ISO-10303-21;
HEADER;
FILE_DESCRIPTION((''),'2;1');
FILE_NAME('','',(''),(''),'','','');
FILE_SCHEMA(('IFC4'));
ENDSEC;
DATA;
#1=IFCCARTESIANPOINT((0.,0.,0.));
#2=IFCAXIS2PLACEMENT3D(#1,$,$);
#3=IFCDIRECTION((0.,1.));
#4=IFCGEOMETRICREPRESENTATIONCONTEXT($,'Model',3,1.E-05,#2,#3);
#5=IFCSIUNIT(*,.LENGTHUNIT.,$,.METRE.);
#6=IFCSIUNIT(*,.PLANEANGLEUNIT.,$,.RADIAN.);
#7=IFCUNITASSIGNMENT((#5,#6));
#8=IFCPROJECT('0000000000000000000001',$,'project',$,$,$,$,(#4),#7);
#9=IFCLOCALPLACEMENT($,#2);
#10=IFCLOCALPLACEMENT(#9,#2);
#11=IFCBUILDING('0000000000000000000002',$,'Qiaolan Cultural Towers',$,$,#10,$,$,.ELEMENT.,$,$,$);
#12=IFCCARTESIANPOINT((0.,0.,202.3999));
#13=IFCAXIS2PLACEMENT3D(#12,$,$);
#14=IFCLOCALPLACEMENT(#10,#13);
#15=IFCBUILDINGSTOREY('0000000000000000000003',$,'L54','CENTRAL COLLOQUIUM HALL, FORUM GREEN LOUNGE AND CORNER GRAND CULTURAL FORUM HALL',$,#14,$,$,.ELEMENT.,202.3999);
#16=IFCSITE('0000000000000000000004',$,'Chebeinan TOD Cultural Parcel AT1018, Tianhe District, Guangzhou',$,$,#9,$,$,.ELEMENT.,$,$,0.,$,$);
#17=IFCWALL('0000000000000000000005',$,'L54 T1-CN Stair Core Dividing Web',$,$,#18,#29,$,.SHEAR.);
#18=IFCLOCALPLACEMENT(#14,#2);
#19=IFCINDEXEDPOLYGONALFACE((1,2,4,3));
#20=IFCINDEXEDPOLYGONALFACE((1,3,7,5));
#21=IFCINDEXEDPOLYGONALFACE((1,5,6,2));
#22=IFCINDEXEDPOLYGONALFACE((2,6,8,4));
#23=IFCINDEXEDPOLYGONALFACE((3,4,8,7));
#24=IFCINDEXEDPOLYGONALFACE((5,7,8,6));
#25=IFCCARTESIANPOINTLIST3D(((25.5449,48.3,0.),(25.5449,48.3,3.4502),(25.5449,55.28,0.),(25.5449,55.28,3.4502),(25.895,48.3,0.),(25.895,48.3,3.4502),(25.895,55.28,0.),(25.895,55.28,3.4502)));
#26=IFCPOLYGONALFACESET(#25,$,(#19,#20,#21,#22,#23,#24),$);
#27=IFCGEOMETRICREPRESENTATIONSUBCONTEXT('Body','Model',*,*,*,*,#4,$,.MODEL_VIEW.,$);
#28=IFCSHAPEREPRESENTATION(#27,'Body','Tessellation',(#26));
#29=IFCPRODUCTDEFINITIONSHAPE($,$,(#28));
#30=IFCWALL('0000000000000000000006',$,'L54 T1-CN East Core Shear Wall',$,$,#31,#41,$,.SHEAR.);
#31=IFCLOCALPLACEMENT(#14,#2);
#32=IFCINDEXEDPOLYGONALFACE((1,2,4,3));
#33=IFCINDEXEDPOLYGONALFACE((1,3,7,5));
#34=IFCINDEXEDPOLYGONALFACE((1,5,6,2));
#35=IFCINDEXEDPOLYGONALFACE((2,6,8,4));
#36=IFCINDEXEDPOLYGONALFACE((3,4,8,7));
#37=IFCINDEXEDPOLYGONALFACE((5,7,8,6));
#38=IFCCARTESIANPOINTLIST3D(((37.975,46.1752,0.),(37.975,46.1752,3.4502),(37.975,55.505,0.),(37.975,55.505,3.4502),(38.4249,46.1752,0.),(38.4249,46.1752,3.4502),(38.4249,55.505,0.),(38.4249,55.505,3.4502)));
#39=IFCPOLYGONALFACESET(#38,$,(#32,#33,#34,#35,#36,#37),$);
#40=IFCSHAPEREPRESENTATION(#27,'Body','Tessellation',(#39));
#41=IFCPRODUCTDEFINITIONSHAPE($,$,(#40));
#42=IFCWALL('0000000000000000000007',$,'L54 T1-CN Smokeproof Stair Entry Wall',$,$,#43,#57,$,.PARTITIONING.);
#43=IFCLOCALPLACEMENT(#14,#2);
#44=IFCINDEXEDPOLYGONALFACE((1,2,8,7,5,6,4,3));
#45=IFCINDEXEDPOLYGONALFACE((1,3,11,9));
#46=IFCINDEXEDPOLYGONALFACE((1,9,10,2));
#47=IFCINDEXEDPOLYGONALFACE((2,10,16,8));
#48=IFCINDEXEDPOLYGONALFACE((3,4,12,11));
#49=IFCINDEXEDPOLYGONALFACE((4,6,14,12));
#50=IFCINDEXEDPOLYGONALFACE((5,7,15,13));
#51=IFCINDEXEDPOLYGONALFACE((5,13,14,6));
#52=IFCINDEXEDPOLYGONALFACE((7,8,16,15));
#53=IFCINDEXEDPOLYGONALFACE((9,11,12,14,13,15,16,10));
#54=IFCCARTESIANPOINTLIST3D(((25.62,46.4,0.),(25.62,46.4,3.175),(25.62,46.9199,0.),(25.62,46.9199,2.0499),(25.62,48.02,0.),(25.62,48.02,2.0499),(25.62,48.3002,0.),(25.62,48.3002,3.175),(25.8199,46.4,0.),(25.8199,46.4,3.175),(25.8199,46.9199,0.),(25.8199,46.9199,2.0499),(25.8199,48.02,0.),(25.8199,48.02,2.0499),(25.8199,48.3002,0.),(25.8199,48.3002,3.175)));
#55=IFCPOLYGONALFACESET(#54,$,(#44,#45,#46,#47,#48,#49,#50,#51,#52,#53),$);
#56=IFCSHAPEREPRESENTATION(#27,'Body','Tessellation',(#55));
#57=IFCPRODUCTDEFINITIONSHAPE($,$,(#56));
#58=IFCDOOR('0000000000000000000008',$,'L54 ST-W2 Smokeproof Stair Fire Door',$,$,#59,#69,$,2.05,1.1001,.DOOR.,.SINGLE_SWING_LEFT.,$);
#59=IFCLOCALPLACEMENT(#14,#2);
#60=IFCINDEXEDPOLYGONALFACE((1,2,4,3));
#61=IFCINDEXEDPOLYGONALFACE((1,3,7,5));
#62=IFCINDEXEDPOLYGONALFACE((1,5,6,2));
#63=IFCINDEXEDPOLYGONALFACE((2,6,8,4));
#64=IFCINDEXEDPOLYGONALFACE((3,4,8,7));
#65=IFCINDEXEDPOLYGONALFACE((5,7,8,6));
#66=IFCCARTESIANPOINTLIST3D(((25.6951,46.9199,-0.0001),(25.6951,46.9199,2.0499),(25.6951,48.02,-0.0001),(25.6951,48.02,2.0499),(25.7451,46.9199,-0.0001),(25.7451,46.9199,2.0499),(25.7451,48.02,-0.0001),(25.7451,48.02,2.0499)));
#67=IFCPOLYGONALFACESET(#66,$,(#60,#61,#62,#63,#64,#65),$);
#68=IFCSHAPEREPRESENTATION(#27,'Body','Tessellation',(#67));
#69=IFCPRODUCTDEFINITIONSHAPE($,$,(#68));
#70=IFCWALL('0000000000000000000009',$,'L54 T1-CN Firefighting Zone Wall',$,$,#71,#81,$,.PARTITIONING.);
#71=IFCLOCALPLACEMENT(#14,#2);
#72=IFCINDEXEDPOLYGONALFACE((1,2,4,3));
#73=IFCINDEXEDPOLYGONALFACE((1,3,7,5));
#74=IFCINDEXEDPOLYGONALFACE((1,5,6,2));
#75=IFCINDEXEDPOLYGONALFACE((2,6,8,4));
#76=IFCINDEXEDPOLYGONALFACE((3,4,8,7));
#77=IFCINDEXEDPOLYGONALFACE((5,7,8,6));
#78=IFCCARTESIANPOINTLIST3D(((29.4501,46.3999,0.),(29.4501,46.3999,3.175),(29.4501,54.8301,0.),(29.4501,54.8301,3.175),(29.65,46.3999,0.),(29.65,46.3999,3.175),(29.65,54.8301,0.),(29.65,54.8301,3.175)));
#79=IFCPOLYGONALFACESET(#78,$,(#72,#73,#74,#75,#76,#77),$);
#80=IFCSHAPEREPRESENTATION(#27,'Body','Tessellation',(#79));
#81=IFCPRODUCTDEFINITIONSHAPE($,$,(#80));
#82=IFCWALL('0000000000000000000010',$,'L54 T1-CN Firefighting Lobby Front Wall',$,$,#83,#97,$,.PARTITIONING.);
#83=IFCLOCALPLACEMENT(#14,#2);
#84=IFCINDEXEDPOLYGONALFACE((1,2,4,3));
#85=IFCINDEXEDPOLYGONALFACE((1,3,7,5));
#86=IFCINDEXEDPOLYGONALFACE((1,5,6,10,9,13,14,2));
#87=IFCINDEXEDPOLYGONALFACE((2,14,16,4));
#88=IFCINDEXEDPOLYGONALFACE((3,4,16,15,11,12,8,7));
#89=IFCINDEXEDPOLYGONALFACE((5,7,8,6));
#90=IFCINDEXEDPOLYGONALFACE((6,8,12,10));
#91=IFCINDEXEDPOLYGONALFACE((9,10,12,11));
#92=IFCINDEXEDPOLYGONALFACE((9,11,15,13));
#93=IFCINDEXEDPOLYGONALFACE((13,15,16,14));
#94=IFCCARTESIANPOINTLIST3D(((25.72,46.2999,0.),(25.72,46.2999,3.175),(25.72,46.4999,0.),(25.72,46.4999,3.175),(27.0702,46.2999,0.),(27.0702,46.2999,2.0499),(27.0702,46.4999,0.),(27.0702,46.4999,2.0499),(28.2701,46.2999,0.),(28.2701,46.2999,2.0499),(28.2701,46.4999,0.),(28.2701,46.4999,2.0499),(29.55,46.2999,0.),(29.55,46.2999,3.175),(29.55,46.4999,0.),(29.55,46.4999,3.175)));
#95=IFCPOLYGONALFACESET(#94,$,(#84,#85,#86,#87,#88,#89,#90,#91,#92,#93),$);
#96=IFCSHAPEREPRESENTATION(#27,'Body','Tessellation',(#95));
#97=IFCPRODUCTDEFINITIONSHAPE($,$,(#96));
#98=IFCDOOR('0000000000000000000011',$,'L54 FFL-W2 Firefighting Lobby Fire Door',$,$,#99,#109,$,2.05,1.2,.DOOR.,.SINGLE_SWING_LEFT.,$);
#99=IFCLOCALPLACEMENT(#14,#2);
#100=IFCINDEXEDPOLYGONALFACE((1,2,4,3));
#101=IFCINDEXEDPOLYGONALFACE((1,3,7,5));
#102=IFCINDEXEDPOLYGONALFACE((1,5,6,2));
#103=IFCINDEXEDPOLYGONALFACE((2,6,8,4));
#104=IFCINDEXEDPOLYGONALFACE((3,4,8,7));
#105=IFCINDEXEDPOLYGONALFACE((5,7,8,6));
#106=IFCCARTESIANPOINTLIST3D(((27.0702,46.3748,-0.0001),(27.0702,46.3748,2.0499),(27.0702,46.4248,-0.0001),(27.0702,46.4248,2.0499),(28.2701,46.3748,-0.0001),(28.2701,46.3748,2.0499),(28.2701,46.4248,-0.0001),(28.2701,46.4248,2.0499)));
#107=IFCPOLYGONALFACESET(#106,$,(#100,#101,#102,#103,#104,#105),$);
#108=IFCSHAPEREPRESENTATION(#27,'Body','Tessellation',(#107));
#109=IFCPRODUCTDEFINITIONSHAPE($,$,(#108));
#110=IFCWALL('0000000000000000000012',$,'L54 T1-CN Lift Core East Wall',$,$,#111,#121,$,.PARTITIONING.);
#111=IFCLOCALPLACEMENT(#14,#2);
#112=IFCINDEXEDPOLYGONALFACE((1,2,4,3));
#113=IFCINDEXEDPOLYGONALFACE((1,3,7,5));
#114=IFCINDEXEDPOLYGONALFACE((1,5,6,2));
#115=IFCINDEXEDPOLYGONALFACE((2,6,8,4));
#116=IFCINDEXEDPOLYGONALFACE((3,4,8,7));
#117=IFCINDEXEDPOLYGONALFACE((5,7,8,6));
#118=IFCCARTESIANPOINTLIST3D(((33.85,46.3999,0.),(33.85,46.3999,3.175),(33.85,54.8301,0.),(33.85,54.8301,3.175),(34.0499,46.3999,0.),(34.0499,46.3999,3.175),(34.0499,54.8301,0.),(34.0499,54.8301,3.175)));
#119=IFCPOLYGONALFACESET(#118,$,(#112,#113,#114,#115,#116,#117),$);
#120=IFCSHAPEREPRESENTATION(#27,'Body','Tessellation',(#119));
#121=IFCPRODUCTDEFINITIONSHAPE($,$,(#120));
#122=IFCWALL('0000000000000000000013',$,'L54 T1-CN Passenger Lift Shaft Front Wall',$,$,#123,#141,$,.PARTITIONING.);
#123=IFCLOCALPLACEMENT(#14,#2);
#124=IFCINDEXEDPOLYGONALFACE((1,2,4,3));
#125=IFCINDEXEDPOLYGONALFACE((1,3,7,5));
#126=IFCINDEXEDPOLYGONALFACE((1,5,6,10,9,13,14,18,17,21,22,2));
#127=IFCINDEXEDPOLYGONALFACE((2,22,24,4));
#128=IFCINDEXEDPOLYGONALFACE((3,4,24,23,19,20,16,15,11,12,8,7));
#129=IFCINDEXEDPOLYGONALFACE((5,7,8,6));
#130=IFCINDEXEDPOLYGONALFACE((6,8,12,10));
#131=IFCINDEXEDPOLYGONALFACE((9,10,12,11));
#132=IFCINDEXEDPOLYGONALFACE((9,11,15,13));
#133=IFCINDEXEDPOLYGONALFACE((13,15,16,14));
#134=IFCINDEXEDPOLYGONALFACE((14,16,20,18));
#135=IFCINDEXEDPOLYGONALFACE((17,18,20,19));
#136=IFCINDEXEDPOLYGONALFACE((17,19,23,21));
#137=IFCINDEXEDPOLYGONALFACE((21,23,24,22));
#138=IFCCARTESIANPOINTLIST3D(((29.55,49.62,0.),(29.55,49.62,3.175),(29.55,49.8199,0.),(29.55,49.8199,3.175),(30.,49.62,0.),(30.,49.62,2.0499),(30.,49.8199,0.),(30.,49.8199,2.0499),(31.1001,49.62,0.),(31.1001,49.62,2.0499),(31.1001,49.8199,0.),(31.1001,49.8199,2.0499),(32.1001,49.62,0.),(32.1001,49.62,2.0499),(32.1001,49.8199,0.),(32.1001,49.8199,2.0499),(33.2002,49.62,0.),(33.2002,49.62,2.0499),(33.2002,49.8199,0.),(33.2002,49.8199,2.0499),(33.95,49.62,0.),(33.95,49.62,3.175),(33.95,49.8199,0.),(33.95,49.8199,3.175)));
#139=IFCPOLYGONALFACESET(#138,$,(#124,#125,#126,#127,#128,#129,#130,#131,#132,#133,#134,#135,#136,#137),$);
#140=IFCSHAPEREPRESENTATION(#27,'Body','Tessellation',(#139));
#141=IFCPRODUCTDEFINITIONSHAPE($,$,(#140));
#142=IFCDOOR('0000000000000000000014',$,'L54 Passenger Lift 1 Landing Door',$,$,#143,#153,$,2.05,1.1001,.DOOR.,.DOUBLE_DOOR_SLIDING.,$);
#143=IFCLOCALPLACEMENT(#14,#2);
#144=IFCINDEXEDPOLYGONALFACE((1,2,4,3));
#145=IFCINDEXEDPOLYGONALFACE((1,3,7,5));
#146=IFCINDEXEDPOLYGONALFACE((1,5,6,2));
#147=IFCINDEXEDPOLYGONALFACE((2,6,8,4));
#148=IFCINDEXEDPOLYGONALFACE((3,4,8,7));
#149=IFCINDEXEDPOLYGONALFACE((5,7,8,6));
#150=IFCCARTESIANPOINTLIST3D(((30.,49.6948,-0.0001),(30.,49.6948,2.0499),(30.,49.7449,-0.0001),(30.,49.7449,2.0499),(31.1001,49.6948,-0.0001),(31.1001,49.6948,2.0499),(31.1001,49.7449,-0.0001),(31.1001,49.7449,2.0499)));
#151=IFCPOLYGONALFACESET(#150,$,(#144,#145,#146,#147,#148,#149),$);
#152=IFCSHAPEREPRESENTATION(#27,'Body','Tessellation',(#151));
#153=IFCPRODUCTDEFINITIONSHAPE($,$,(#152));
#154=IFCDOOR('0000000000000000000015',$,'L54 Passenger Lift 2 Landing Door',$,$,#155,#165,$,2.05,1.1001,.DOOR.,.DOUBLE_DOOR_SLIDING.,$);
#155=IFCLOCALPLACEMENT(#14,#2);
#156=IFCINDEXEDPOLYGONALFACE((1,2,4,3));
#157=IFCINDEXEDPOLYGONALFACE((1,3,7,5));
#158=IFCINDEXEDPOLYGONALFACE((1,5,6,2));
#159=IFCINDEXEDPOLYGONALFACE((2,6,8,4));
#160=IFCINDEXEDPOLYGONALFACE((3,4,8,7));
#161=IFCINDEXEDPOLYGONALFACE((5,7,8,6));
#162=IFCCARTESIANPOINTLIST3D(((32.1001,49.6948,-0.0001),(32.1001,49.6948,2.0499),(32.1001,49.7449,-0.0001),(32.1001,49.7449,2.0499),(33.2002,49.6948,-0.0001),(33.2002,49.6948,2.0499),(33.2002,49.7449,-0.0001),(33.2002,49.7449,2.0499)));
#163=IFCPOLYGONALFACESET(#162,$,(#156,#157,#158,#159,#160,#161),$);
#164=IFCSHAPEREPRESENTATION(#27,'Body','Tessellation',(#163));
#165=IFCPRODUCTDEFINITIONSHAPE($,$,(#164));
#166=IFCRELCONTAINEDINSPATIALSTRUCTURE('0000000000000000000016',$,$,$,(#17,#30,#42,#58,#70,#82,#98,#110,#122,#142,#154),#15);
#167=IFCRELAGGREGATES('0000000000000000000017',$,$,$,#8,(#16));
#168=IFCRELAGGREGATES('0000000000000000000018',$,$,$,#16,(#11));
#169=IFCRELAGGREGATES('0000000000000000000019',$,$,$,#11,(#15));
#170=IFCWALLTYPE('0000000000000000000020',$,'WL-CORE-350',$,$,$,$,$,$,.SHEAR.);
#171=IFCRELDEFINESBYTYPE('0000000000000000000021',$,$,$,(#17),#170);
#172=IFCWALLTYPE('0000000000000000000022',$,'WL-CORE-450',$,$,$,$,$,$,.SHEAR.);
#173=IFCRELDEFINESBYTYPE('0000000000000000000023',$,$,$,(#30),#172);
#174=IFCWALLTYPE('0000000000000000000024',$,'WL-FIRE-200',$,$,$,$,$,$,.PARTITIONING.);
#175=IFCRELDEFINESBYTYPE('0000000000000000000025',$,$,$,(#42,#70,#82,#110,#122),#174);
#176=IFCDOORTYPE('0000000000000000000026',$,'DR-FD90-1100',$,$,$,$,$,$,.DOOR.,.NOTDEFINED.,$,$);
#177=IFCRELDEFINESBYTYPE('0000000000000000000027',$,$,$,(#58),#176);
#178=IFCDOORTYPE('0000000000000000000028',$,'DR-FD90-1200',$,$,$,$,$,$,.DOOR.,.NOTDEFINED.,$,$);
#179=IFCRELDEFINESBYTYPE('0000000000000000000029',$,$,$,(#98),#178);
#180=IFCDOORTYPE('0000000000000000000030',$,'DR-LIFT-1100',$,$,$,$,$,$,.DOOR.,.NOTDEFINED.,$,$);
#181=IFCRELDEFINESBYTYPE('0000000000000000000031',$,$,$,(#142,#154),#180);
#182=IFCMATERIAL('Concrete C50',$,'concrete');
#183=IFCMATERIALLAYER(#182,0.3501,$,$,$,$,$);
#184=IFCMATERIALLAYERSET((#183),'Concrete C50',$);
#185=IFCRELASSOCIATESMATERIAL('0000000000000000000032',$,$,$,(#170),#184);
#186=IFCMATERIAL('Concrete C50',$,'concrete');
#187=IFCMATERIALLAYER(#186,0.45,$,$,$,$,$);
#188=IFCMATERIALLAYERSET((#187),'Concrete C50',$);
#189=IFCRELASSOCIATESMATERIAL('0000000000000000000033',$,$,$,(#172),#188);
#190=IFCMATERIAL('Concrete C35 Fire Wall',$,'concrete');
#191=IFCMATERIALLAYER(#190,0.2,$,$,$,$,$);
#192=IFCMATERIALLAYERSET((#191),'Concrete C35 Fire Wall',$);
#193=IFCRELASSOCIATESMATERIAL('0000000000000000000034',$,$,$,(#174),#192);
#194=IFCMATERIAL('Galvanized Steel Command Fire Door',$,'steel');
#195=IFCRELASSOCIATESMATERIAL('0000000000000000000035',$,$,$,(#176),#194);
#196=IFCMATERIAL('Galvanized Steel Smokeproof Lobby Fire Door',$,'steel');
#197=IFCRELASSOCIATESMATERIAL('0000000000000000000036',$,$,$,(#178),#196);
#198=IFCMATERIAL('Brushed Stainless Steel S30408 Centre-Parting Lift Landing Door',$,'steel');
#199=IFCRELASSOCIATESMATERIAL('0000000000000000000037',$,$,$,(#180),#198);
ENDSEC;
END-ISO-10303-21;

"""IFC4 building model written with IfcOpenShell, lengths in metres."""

from ifc_helpers import new_model, si_unit, direction, frame, frame_2d, origin, place, context, subcontext, project, spatial, rectangle, extrude, material, layer, layer_set, type_object, element, fill, save


model = new_model("IFC4")

# Units and contexts
model_context = context("Model", 3, precision=1e-05, world=origin(), true_north=direction((0.0, 1.0)))
body_context = subcontext(model_context, "Body", "Model", "MODEL_VIEW")
ifc_project = project(units=[si_unit("LENGTHUNIT", "METRE"), si_unit("PLANEANGLEUNIT", "RADIAN")], contexts=[model_context])

# Site, building, storey
site_placement = place(None, origin())
site = spatial("IfcSite", under=ifc_project, at=site_placement, Name="Chebeinan TOD Cultural Parcel AT1018, Tianhe District, Guangzhou", CompositionType="ELEMENT", RefElevation=0.0)
building_placement = place(site_placement, origin())
building = spatial("IfcBuilding", under=site, at=building_placement, Name="Qiaolan Cultural Towers", CompositionType="ELEMENT")
storey_placement = place(building_placement, frame((0.0, 0.0, 202.3999)))
storey = spatial("IfcBuildingStorey", under=building, at=storey_placement, Name="L54", Description="CENTRAL COLLOQUIUM HALL, FORUM GREEN LOUNGE AND CORNER GRAND CULTURAL FORUM HALL", CompositionType="ELEMENT", Elevation=202.3999)

# Walls
ifc_material_1 = material(Name="Concrete C50", Category="concrete")
ifc_layer_1 = layer(ifc_material_1, 0.3501)
ifc_layer_set_1 = layer_set([ifc_layer_1], Name="Concrete C50")
wall_type_1 = type_object("IfcWallType", Name="WL-CORE-350", PredefinedType="SHEAR", material=ifc_layer_set_1)
wall_1_placement = place(storey_placement, frame((25.72, 48.3, 0.0), z_axis=(0.0, 0.0, 1.0), x_axis=(0.0, 1.0, 0.0)))
element("IfcWall", 1, at=wall_1_placement, inside=storey, type_object=wall_type_1, Name="L54 T1-CN Stair Core Dividing Web", PredefinedType="SHEAR", context=body_context, shape_type="SweptSolid", body=[
    extrude(rectangle(XDim=6.98, YDim=0.3501, at=frame_2d((3.49, 0.0))), origin(), (0.0, 0.0, 1.0), 3.4502),
])
ifc_material_2 = material(Name="Concrete C50", Category="concrete")
ifc_layer_2 = layer(ifc_material_2, 0.45)
ifc_layer_set_2 = layer_set([ifc_layer_2], Name="Concrete C50")
wall_type_2 = type_object("IfcWallType", Name="WL-CORE-450", PredefinedType="SHEAR", material=ifc_layer_set_2)
wall_2_placement = place(storey_placement, frame((38.2, 46.175, 0.0), z_axis=(0.0, 0.0, 1.0), x_axis=(0.0, 1.0, 0.0)))
element("IfcWall", 2, at=wall_2_placement, inside=storey, type_object=wall_type_2, Name="L54 T1-CN East Core Shear Wall", PredefinedType="SHEAR", context=body_context, shape_type="SweptSolid", body=[
    extrude(rectangle(XDim=9.3298, YDim=0.45, at=frame_2d((4.665, 0.0))), origin(), (0.0, 0.0, 1.0), 3.4502),
])

# Wall, opening, door
ifc_material_3 = material(Name="Concrete C35 Fire Wall", Category="concrete")
ifc_layer_3 = layer(ifc_material_3, 0.2)
ifc_layer_set_3 = layer_set([ifc_layer_3], Name="Concrete C35 Fire Wall")
wall_type_3 = type_object("IfcWallType", Name="WL-FIRE-200", PredefinedType="PARTITIONING", material=ifc_layer_set_3)
wall_3_placement = place(storey_placement, frame((25.72, 46.3999, 0.0), z_axis=(0.0, 0.0, 1.0), x_axis=(0.0, 1.0, 0.0)))
wall_3 = element("IfcWall", 3, at=wall_3_placement, inside=storey, type_object=wall_type_3, Name="L54 T1-CN Smokeproof Stair Entry Wall", PredefinedType="PARTITIONING", context=body_context, shape_type="SweptSolid", body=[
    extrude(rectangle(XDim=1.9001, YDim=0.2, at=frame_2d((0.9502, 0.0))), origin(), (0.0, 0.0, 1.0), 3.175),
])
opening_1_placement = place(wall_3_placement, frame((0.52, 0.0, 0.0)))
opening_1 = element("IfcOpeningElement", 4, at=opening_1_placement, cuts=wall_3, PredefinedType="OPENING", context=body_context, shape_type="SweptSolid", body=[
    extrude(rectangle(XDim=1.1001, YDim=2.05, at=frame_2d((0.55, 1.0249))), frame((0.0, 0.1099, 0.0), z_axis=(0.0, -1.0, 0.0), x_axis=(1.0, 0.0, 0.0)), (0.0, 0.0, 1.0), 0.22),
])
ifc_material_4 = material(Name="Galvanized Steel Command Fire Door", Category="steel")
door_type_1 = type_object("IfcDoorType", Name="DR-FD90-1100", OperationType="NOTDEFINED", PredefinedType="DOOR", material=ifc_material_4)
door_1_placement = place(opening_1_placement, origin())
door_1 = element("IfcDoor", 5, at=door_1_placement, inside=storey, type_object=door_type_1, Name="L54 ST-W2 Smokeproof Stair Fire Door", OperationType="SINGLE_SWING_LEFT", OverallHeight=2.05, OverallWidth=1.1001, PredefinedType="DOOR", context=body_context, shape_type="SweptSolid", body=[
    extrude(rectangle(XDim=1.1001, YDim=2.05, at=frame_2d((0.55, 1.0249))), frame((0.0, 0.0249, 0.0), z_axis=(0.0, -1.0, 0.0), x_axis=(1.0, 0.0, 0.0)), (0.0, 0.0, 1.0), 0.05),
])
fill(opening_1, door_1)

# Wall
wall_4_placement = place(storey_placement, frame((29.55, 46.3999, 0.0), z_axis=(0.0, 0.0, 1.0), x_axis=(0.0, 1.0, 0.0)))
element("IfcWall", 6, at=wall_4_placement, inside=storey, type_object=wall_type_3, Name="L54 T1-CN Firefighting Zone Wall", PredefinedType="PARTITIONING", context=body_context, shape_type="SweptSolid", body=[
    extrude(rectangle(XDim=8.4302, YDim=0.2, at=frame_2d((4.2151, 0.0))), origin(), (0.0, 0.0, 1.0), 3.175),
])

# Wall, opening, door
wall_5_placement = place(storey_placement, frame((25.72, 46.3999, 0.0), z_axis=(0.0, 0.0, 1.0), x_axis=(1.0, 0.0, 0.0)))
wall_5 = element("IfcWall", 7, at=wall_5_placement, inside=storey, type_object=wall_type_3, Name="L54 T1-CN Firefighting Lobby Front Wall", PredefinedType="PARTITIONING", context=body_context, shape_type="SweptSolid", body=[
    extrude(rectangle(XDim=3.8301, YDim=0.2, at=frame_2d((1.915, 0.0))), origin(), (0.0, 0.0, 1.0), 3.175),
])
opening_2_placement = place(wall_5_placement, frame((1.3501, 0.0, 0.0)))
opening_2 = element("IfcOpeningElement", 8, at=opening_2_placement, cuts=wall_5, PredefinedType="OPENING", context=body_context, shape_type="SweptSolid", body=[
    extrude(rectangle(XDim=1.2, YDim=2.05, at=frame_2d((0.6001, 1.0249))), frame((0.0, 0.1099, 0.0), z_axis=(0.0, -1.0, 0.0), x_axis=(1.0, 0.0, 0.0)), (0.0, 0.0, 1.0), 0.22),
])
ifc_material_5 = material(Name="Galvanized Steel Smokeproof Lobby Fire Door", Category="steel")
door_type_2 = type_object("IfcDoorType", Name="DR-FD90-1200", OperationType="NOTDEFINED", PredefinedType="DOOR", material=ifc_material_5)
door_2_placement = place(opening_2_placement, origin())
door_2 = element("IfcDoor", 9, at=door_2_placement, inside=storey, type_object=door_type_2, Name="L54 FFL-W2 Firefighting Lobby Fire Door", OperationType="SINGLE_SWING_LEFT", OverallHeight=2.05, OverallWidth=1.2, PredefinedType="DOOR", context=body_context, shape_type="SweptSolid", body=[
    extrude(rectangle(XDim=1.2, YDim=2.05, at=frame_2d((0.6001, 1.0249))), frame((0.0, 0.0249, 0.0), z_axis=(0.0, -1.0, 0.0), x_axis=(1.0, 0.0, 0.0)), (0.0, 0.0, 1.0), 0.05),
])
fill(opening_2, door_2)

# Wall
wall_6_placement = place(storey_placement, frame((33.95, 46.3999, 0.0), z_axis=(0.0, 0.0, 1.0), x_axis=(0.0, 1.0, 0.0)))
element("IfcWall", 10, at=wall_6_placement, inside=storey, type_object=wall_type_3, Name="L54 T1-CN Lift Core East Wall", PredefinedType="PARTITIONING", context=body_context, shape_type="SweptSolid", body=[
    extrude(rectangle(XDim=8.4302, YDim=0.2, at=frame_2d((4.2151, 0.0))), origin(), (0.0, 0.0, 1.0), 3.175),
])

# Wall, openings, doors
wall_7_placement = place(storey_placement, frame((29.55, 49.72, 0.0), z_axis=(0.0, 0.0, 1.0), x_axis=(1.0, 0.0, 0.0)))
wall_7 = element("IfcWall", 11, at=wall_7_placement, inside=storey, type_object=wall_type_3, Name="L54 T1-CN Passenger Lift Shaft Front Wall", PredefinedType="PARTITIONING", context=body_context, shape_type="SweptSolid", body=[
    extrude(rectangle(XDim=4.3999, YDim=0.2, at=frame_2d((2.2, 0.0))), origin(), (0.0, 0.0, 1.0), 3.175),
])
opening_3_placement = place(wall_7_placement, frame((0.45, 0.0, 0.0)))
opening_3 = element("IfcOpeningElement", 12, at=opening_3_placement, cuts=wall_7, PredefinedType="OPENING", context=body_context, shape_type="SweptSolid", body=[
    extrude(rectangle(XDim=1.1001, YDim=2.05, at=frame_2d((0.55, 1.0249))), frame((0.0, 0.1099, 0.0), z_axis=(0.0, -1.0, 0.0), x_axis=(1.0, 0.0, 0.0)), (0.0, 0.0, 1.0), 0.22),
])
opening_4_placement = place(wall_7_placement, frame((2.55, 0.0, 0.0)))
opening_4 = element("IfcOpeningElement", 13, at=opening_4_placement, cuts=wall_7, PredefinedType="OPENING", context=body_context, shape_type="SweptSolid", body=[
    extrude(rectangle(XDim=1.1001, YDim=2.05, at=frame_2d((0.55, 1.0249))), frame((0.0, 0.1099, 0.0), z_axis=(0.0, -1.0, 0.0), x_axis=(1.0, 0.0, 0.0)), (0.0, 0.0, 1.0), 0.22),
])
ifc_material_6 = material(Name="Brushed Stainless Steel S30408 Centre-Parting Lift Landing Door", Category="steel")
door_type_3 = type_object("IfcDoorType", Name="DR-LIFT-1100", OperationType="NOTDEFINED", PredefinedType="DOOR", material=ifc_material_6)
door_3_placement = place(opening_3_placement, origin())
door_3 = element("IfcDoor", 14, at=door_3_placement, inside=storey, type_object=door_type_3, Name="L54 Passenger Lift 1 Landing Door", OperationType="DOUBLE_DOOR_SLIDING", OverallHeight=2.05, OverallWidth=1.1001, PredefinedType="DOOR", context=body_context, shape_type="SweptSolid", body=[
    extrude(rectangle(XDim=1.1001, YDim=2.05, at=frame_2d((0.55, 1.0249))), frame((0.0, 0.0249, 0.0), z_axis=(0.0, -1.0, 0.0), x_axis=(1.0, 0.0, 0.0)), (0.0, 0.0, 1.0), 0.05),
])
fill(opening_3, door_3)
door_4_placement = place(opening_4_placement, origin())
door_4 = element("IfcDoor", 15, at=door_4_placement, inside=storey, type_object=door_type_3, Name="L54 Passenger Lift 2 Landing Door", OperationType="DOUBLE_DOOR_SLIDING", OverallHeight=2.05, OverallWidth=1.1001, PredefinedType="DOOR", context=body_context, shape_type="SweptSolid", body=[
    extrude(rectangle(XDim=1.1001, YDim=2.05, at=frame_2d((0.55, 1.0249))), frame((0.0, 0.0249, 0.0), z_axis=(0.0, -1.0, 0.0), x_axis=(1.0, 0.0, 0.0)), (0.0, 0.0, 1.0), 0.05),
])
fill(opening_4, door_4)

save(model, "model.ifc")
